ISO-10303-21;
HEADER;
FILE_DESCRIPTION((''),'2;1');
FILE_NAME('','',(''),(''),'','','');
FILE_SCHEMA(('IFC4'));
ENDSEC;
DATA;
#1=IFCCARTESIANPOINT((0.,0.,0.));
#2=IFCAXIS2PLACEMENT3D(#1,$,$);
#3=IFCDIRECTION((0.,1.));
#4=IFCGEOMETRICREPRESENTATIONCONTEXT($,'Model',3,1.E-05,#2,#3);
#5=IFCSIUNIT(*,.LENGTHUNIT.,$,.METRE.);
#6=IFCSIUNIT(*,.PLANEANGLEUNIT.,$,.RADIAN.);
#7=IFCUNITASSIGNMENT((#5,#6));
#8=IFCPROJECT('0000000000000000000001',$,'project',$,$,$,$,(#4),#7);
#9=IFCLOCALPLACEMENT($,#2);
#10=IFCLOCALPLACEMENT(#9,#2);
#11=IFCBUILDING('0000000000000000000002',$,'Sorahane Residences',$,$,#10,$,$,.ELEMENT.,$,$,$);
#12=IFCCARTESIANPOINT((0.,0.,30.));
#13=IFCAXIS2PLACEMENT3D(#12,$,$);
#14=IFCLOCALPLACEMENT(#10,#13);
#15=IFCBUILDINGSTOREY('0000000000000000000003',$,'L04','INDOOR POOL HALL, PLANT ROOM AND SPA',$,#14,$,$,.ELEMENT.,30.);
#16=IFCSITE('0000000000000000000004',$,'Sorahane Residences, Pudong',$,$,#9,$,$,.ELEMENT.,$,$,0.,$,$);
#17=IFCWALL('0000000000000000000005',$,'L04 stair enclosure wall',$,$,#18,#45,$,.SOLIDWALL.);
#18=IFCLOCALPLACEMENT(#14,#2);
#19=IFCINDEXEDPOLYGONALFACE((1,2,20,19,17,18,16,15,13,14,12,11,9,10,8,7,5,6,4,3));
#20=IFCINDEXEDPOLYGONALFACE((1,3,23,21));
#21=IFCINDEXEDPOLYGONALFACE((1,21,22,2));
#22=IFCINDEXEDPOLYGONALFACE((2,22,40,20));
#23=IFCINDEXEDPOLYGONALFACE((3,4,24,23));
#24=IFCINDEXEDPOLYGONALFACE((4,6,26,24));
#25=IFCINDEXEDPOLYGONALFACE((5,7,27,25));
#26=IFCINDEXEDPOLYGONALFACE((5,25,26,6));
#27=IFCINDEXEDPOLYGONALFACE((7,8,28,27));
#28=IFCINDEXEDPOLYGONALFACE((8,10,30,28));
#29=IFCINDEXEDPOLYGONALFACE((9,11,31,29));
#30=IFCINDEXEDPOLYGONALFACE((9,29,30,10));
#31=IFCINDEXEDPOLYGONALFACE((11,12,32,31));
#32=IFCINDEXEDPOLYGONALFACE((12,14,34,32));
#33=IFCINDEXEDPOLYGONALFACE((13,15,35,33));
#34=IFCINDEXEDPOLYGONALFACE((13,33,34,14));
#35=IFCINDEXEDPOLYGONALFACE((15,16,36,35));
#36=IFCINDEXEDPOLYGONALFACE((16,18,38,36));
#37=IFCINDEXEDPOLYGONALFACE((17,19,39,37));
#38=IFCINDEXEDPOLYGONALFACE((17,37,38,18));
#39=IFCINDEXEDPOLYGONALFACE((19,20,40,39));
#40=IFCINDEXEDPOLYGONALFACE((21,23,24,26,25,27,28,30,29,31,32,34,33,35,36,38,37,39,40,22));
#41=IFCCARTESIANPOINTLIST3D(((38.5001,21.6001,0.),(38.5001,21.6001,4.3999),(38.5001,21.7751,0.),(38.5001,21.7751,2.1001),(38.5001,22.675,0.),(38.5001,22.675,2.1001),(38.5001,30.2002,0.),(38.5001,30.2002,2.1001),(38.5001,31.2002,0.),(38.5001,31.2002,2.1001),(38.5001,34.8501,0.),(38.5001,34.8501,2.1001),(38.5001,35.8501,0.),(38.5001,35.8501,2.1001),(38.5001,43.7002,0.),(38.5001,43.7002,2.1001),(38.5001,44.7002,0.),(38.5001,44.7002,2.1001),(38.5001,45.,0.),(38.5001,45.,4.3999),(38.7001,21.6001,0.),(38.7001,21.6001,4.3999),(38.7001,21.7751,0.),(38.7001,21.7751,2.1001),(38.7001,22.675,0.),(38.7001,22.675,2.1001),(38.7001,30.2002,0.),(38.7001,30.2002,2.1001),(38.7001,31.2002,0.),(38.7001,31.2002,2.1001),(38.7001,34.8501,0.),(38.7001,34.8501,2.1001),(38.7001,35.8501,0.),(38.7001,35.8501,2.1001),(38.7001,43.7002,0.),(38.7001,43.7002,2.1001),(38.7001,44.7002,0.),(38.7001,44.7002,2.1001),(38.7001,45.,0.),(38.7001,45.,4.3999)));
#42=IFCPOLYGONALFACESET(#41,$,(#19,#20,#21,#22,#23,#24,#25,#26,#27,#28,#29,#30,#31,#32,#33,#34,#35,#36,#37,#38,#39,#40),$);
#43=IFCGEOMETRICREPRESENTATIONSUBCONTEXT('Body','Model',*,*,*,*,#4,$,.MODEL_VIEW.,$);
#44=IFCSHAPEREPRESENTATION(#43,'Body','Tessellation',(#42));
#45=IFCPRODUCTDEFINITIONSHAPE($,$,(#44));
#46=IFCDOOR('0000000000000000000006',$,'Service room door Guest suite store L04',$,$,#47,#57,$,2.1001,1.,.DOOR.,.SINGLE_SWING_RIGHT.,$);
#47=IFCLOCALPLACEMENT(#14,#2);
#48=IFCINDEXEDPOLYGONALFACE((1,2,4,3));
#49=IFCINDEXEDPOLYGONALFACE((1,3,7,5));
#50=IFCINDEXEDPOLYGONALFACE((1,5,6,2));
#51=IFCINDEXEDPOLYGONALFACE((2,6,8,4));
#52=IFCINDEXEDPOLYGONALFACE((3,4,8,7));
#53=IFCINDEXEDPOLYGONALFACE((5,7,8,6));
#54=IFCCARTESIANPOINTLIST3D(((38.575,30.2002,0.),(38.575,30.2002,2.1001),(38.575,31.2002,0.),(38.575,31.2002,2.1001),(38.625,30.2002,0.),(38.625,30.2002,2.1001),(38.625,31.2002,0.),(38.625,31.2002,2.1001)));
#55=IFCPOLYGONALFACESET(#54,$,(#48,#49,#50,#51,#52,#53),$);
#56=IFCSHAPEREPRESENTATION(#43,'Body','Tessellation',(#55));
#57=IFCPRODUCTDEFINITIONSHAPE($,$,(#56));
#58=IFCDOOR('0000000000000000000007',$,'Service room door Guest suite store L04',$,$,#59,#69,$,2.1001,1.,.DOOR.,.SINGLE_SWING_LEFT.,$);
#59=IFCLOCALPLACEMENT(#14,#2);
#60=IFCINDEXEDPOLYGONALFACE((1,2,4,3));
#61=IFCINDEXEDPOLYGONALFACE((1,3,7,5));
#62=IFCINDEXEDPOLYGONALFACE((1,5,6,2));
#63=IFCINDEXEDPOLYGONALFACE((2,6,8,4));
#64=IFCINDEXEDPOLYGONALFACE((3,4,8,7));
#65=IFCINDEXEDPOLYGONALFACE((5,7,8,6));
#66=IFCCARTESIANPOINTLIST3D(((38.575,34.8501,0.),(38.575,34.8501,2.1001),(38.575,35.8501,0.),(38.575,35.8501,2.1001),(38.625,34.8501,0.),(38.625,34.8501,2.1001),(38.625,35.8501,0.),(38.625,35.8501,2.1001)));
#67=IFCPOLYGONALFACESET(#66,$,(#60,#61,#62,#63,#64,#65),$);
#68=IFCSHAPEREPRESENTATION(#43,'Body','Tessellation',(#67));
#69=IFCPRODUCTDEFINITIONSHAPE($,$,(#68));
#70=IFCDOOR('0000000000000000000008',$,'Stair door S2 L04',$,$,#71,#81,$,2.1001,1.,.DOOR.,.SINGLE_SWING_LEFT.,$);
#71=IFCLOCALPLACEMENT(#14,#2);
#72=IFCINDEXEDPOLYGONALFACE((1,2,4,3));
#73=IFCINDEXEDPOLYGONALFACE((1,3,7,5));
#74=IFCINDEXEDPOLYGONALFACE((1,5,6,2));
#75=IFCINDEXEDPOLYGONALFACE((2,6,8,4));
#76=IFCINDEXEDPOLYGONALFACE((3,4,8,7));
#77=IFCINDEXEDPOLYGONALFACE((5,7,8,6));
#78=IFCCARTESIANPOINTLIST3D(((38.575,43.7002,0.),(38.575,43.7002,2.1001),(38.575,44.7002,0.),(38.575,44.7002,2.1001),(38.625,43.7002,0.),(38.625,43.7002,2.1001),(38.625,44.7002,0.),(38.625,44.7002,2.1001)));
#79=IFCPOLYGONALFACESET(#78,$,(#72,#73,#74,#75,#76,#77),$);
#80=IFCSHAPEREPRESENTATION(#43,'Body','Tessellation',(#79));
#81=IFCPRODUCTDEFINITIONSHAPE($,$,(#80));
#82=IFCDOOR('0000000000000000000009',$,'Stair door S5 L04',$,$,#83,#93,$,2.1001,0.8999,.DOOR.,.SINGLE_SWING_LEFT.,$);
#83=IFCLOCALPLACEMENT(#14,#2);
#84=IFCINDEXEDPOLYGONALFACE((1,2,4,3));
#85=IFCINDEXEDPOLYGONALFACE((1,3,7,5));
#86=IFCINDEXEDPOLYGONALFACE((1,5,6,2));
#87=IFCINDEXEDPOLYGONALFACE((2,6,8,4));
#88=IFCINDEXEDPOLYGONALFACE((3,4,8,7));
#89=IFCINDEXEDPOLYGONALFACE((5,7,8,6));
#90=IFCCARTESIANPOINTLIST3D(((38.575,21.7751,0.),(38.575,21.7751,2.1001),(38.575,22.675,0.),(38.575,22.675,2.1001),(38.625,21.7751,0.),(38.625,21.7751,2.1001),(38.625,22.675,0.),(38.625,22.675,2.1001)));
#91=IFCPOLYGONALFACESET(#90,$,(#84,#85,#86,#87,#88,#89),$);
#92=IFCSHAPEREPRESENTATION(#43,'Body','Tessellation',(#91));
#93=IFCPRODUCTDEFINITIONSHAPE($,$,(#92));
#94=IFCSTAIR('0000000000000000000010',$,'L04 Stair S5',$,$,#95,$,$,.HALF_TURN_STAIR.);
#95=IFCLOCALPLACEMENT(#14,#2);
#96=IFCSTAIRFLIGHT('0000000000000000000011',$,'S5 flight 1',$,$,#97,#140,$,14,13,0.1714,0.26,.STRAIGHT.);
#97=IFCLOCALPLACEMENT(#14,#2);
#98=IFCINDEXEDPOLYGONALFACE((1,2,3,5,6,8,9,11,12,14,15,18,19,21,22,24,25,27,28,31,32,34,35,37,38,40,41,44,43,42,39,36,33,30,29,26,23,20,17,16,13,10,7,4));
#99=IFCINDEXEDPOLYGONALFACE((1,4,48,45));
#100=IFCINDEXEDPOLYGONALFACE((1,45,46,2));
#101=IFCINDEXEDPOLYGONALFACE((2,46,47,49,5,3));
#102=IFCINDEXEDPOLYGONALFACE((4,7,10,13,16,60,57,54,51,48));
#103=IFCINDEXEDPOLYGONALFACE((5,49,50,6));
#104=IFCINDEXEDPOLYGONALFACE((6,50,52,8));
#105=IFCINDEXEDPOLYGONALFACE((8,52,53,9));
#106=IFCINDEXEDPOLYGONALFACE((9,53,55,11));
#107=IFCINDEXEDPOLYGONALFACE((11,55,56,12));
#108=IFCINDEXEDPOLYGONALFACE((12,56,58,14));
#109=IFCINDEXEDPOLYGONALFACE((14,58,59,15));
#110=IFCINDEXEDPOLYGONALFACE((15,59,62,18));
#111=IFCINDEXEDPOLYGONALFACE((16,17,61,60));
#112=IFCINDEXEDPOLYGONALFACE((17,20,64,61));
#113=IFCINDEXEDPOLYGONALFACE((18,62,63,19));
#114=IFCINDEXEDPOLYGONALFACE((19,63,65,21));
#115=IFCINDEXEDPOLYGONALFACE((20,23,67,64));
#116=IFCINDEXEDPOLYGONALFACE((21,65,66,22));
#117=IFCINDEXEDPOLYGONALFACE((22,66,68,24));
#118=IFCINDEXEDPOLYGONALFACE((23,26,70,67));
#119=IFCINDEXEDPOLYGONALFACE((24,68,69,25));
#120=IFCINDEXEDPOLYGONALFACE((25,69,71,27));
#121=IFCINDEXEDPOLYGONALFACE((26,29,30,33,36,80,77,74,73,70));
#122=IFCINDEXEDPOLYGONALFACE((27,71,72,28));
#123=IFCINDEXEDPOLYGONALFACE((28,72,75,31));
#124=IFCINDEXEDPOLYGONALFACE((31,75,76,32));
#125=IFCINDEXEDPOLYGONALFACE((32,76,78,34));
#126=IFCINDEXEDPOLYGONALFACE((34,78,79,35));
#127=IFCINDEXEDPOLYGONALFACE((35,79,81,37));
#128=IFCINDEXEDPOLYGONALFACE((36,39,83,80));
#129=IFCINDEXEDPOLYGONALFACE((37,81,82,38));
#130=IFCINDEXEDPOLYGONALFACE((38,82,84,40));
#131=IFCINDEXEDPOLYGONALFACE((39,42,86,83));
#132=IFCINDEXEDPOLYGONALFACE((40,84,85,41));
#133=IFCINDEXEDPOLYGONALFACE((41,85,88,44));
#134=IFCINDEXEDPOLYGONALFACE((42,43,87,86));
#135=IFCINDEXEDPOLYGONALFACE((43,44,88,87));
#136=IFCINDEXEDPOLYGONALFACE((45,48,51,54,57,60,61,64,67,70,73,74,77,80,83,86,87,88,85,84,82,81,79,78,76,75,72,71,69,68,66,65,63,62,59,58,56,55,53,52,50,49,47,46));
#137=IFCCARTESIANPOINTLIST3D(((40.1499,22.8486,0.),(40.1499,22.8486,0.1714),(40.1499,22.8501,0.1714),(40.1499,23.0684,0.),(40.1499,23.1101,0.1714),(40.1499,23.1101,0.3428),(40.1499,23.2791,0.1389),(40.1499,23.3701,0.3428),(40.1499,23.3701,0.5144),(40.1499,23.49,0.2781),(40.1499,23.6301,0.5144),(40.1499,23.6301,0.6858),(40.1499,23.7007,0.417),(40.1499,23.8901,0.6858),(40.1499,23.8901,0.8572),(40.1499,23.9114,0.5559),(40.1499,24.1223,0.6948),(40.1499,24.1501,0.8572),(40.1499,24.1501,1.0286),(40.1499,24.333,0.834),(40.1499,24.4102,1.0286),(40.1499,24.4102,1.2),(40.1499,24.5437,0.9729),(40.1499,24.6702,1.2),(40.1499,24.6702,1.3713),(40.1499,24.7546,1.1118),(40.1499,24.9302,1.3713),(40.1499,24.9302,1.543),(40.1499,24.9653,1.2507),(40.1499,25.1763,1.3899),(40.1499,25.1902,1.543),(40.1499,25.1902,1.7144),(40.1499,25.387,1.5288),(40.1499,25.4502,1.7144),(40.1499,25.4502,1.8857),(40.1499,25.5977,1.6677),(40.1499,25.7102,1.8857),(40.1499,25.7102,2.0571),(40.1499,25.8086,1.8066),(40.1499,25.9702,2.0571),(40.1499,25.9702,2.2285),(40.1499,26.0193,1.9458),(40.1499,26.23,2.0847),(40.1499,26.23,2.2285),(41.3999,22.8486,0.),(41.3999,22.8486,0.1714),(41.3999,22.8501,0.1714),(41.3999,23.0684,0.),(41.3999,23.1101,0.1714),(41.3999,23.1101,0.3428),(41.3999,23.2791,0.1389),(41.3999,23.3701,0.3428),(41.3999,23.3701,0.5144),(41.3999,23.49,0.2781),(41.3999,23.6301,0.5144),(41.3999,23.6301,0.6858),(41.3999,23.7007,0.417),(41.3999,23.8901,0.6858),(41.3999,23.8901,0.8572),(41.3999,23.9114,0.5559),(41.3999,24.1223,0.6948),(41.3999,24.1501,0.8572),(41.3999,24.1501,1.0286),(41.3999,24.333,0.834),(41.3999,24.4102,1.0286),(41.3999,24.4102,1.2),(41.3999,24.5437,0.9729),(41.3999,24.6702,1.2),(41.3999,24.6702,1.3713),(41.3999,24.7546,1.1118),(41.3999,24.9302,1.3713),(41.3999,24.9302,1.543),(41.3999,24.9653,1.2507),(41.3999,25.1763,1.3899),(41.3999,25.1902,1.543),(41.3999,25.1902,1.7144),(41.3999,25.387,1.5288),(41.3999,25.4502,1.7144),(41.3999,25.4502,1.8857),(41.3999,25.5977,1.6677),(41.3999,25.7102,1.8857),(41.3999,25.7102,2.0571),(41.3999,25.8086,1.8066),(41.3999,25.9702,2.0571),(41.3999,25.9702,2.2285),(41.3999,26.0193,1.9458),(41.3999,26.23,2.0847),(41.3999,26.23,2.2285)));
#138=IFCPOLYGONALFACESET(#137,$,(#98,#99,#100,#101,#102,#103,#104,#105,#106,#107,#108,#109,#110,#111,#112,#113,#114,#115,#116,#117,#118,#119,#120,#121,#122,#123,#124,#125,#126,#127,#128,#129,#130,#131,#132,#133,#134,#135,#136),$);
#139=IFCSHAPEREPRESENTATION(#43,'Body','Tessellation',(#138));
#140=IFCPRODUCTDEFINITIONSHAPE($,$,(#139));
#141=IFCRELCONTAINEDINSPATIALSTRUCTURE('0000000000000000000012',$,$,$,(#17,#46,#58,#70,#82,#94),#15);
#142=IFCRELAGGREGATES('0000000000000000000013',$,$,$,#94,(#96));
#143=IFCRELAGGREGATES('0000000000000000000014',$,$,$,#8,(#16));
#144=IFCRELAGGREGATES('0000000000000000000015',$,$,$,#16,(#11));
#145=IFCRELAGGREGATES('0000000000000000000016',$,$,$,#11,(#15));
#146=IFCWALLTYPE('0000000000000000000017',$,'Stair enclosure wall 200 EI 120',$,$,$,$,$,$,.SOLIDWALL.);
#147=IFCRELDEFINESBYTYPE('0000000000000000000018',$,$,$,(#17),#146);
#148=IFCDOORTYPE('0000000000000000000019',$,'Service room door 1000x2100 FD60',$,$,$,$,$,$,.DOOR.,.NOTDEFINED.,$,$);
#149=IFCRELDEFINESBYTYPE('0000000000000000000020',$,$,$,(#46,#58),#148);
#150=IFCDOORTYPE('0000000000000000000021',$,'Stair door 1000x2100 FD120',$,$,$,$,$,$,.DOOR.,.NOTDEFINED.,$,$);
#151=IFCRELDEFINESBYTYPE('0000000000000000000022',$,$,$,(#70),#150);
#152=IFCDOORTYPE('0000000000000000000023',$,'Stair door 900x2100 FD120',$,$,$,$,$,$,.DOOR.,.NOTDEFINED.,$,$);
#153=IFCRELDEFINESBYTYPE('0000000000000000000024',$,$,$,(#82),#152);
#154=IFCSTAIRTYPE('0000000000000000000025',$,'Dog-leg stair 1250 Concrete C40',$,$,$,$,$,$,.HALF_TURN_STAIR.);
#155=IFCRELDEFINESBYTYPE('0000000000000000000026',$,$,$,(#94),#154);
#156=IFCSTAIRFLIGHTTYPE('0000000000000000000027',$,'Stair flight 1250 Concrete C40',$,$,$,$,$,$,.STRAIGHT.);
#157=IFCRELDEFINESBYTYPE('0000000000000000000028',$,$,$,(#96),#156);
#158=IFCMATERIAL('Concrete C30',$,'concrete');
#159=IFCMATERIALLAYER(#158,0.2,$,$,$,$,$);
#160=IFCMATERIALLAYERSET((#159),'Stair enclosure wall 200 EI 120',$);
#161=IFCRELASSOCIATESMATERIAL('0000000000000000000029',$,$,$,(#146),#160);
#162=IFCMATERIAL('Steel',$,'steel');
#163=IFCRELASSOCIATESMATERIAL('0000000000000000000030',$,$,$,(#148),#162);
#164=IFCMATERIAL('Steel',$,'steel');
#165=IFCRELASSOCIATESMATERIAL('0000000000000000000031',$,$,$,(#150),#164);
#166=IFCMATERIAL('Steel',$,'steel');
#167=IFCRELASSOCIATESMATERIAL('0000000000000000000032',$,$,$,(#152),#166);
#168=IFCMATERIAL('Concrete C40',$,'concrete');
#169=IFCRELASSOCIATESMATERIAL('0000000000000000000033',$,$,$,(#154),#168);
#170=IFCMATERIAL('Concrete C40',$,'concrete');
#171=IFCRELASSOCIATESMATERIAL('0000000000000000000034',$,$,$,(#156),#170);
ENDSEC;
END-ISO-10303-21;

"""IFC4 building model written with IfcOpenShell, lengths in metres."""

from ifc_helpers import new_model, si_unit, direction, frame, frame_2d, origin, place, context, subcontext, project, spatial, polyline, rectangle, outline, extrude, material, layer, layer_set, type_object, element, fill, aggregate, save


model = new_model("IFC4")

# Units and contexts
model_context = context("Model", 3, precision=1e-05, world=origin(), true_north=direction((0.0, 1.0)))
body_context = subcontext(model_context, "Body", "Model", "MODEL_VIEW")
ifc_project = project(units=[si_unit("LENGTHUNIT", "METRE"), si_unit("PLANEANGLEUNIT", "RADIAN")], contexts=[model_context])

# Site, building, storey
site_placement = place(None, origin())
site = spatial("IfcSite", under=ifc_project, at=site_placement, Name="Sorahane Residences, Pudong", CompositionType="ELEMENT", RefElevation=0.0)
building_placement = place(site_placement, origin())
building = spatial("IfcBuilding", under=site, at=building_placement, Name="Sorahane Residences", CompositionType="ELEMENT")
storey_placement = place(building_placement, frame((0.0, 0.0, 30.0)))
storey = spatial("IfcBuildingStorey", under=building, at=storey_placement, Name="L04", Description="INDOOR POOL HALL, PLANT ROOM AND SPA", CompositionType="ELEMENT", Elevation=30.0)

# Wall, openings, doors
ifc_material_1 = material(Name="Concrete C30", Category="concrete")
ifc_layer_1 = layer(ifc_material_1, 0.2)
ifc_layer_set_1 = layer_set([ifc_layer_1], Name="Stair enclosure wall 200 EI 120")
wall_type_1 = type_object("IfcWallType", Name="Stair enclosure wall 200 EI 120", PredefinedType="SOLIDWALL", material=ifc_layer_set_1)
wall_1_placement = place(storey_placement, frame((38.6001, 21.6001, 0.0), z_axis=(0.0, 0.0, 1.0), x_axis=(0.0, 1.0, 0.0)))
wall_1 = element("IfcWall", 1, at=wall_1_placement, inside=storey, type_object=wall_type_1, Name="L04 stair enclosure wall", PredefinedType="SOLIDWALL", context=body_context, shape_type="SweptSolid", body=[
    extrude(rectangle(XDim=23.3999, YDim=0.2, at=frame_2d((11.7, 0.0))), origin(), (0.0, 0.0, 1.0), 4.3999),
])
opening_1_placement = place(wall_1_placement, frame((8.6001, 0.0, 0.0)))
opening_1 = element("IfcOpeningElement", 2, at=opening_1_placement, cuts=wall_1, PredefinedType="OPENING", context=body_context, shape_type="SweptSolid", body=[
    extrude(rectangle(XDim=1.0, YDim=2.1001, at=frame_2d((0.5, 1.05))), frame((0.0, 0.1099, 0.0), z_axis=(0.0, -1.0, 0.0), x_axis=(1.0, 0.0, 0.0)), (0.0, 0.0, 1.0), 0.22),
])
opening_2_placement = place(wall_1_placement, frame((13.25, 0.0, 0.0)))
opening_2 = element("IfcOpeningElement", 3, at=opening_2_placement, cuts=wall_1, PredefinedType="OPENING", context=body_context, shape_type="SweptSolid", body=[
    extrude(rectangle(XDim=1.0, YDim=2.1001, at=frame_2d((0.5, 1.05))), frame((0.0, 0.1099, 0.0), z_axis=(0.0, -1.0, 0.0), x_axis=(1.0, 0.0, 0.0)), (0.0, 0.0, 1.0), 0.22),
])
opening_3_placement = place(wall_1_placement, frame((22.1001, 0.0, 0.0)))
opening_3 = element("IfcOpeningElement", 4, at=opening_3_placement, cuts=wall_1, PredefinedType="OPENING", context=body_context, shape_type="SweptSolid", body=[
    extrude(rectangle(XDim=1.0, YDim=2.1001, at=frame_2d((0.5, 1.05))), frame((0.0, 0.1099, 0.0), z_axis=(0.0, -1.0, 0.0), x_axis=(1.0, 0.0, 0.0)), (0.0, 0.0, 1.0), 0.22),
])
opening_4_placement = place(wall_1_placement, frame((0.175, 0.0, 0.0)))
opening_4 = element("IfcOpeningElement", 5, at=opening_4_placement, cuts=wall_1, PredefinedType="OPENING", context=body_context, shape_type="SweptSolid", body=[
    extrude(rectangle(XDim=0.8999, YDim=2.1001, at=frame_2d((0.45, 1.05))), frame((0.0, 0.1099, 0.0), z_axis=(0.0, -1.0, 0.0), x_axis=(1.0, 0.0, 0.0)), (0.0, 0.0, 1.0), 0.22),
])
ifc_material_2 = material(Name="Steel", Category="steel")
door_type_1 = type_object("IfcDoorType", Name="Service room door 1000x2100 FD60", OperationType="NOTDEFINED", PredefinedType="DOOR", material=ifc_material_2)
door_1_placement = place(opening_1_placement, frame((1.0, 0.0, 0.0), z_axis=(0.0, 0.0, 1.0), x_axis=(-1.0, 0.0, 0.0)))
door_1 = element("IfcDoor", 6, at=door_1_placement, inside=storey, type_object=door_type_1, Name="Service room door Guest suite store L04", OperationType="SINGLE_SWING_RIGHT", OverallHeight=2.1001, OverallWidth=1.0, PredefinedType="DOOR", context=body_context, shape_type="SweptSolid", body=[
    extrude(rectangle(XDim=1.0, YDim=2.1001, at=frame_2d((0.5, 1.05))), frame((0.0, 0.0249, 0.0), z_axis=(0.0, -1.0, 0.0), x_axis=(1.0, 0.0, 0.0)), (0.0, 0.0, 1.0), 0.05),
])
fill(opening_1, door_1)
door_2_placement = place(opening_2_placement, frame((1.0, 0.0, 0.0), z_axis=(0.0, 0.0, 1.0), x_axis=(-1.0, 0.0, 0.0)))
door_2 = element("IfcDoor", 7, at=door_2_placement, inside=storey, type_object=door_type_1, Name="Service room door Guest suite store L04", OperationType="SINGLE_SWING_LEFT", OverallHeight=2.1001, OverallWidth=1.0, PredefinedType="DOOR", context=body_context, shape_type="SweptSolid", body=[
    extrude(rectangle(XDim=1.0, YDim=2.1001, at=frame_2d((0.5, 1.05))), frame((0.0, 0.0249, 0.0), z_axis=(0.0, -1.0, 0.0), x_axis=(1.0, 0.0, 0.0)), (0.0, 0.0, 1.0), 0.05),
])
fill(opening_2, door_2)
ifc_material_3 = material(Name="Steel", Category="steel")
door_type_2 = type_object("IfcDoorType", Name="Stair door 1000x2100 FD120", OperationType="NOTDEFINED", PredefinedType="DOOR", material=ifc_material_3)
door_3_placement = place(opening_3_placement, frame((1.0, 0.0, 0.0), z_axis=(0.0, 0.0, 1.0), x_axis=(-1.0, 0.0, 0.0)))
door_3 = element("IfcDoor", 8, at=door_3_placement, inside=storey, type_object=door_type_2, Name="Stair door S2 L04", OperationType="SINGLE_SWING_LEFT", OverallHeight=2.1001, OverallWidth=1.0, PredefinedType="DOOR", context=body_context, shape_type="SweptSolid", body=[
    extrude(rectangle(XDim=1.0, YDim=2.1001, at=frame_2d((0.5, 1.05))), frame((0.0, 0.0249, 0.0), z_axis=(0.0, -1.0, 0.0), x_axis=(1.0, 0.0, 0.0)), (0.0, 0.0, 1.0), 0.05),
])
fill(opening_3, door_3)
ifc_material_4 = material(Name="Steel", Category="steel")
door_type_3 = type_object("IfcDoorType", Name="Stair door 900x2100 FD120", OperationType="NOTDEFINED", PredefinedType="DOOR", material=ifc_material_4)
door_4_placement = place(opening_4_placement, frame((0.8999, 0.0, 0.0), z_axis=(0.0, 0.0, 1.0), x_axis=(-1.0, 0.0, 0.0)))
door_4 = element("IfcDoor", 9, at=door_4_placement, inside=storey, type_object=door_type_3, Name="Stair door S5 L04", OperationType="SINGLE_SWING_LEFT", OverallHeight=2.1001, OverallWidth=0.8999, PredefinedType="DOOR", context=body_context, shape_type="SweptSolid", body=[
    extrude(rectangle(XDim=0.8999, YDim=2.1001, at=frame_2d((0.45, 1.05))), frame((0.0, 0.0249, 0.0), z_axis=(0.0, -1.0, 0.0), x_axis=(1.0, 0.0, 0.0)), (0.0, 0.0, 1.0), 0.05),
])
fill(opening_4, door_4)

# Stair, stair flight
ifc_material_5 = material(Name="Concrete C40", Category="concrete")
stair_type = type_object("IfcStairType", Name="Dog-leg stair 1250 Concrete C40", PredefinedType="HALF_TURN_STAIR", material=ifc_material_5)
stair_placement = place(storey_placement, origin())
stair = element("IfcStair", 10, at=stair_placement, inside=storey, type_object=stair_type, Name="L04 Stair S5", PredefinedType="HALF_TURN_STAIR")
ifc_material_6 = material(Name="Concrete C40", Category="concrete")
stair_flight_type = type_object("IfcStairFlightType", Name="Stair flight 1250 Concrete C40", PredefinedType="STRAIGHT", material=ifc_material_6)
stair_flight_placement = place(storey_placement, frame((40.7749, 22.8501, 0.0), z_axis=(0.0, 0.0, 1.0), x_axis=(0.0, 1.0, 0.0)))
stair_flight = element("IfcStairFlight", 11, at=stair_flight_placement, type_object=stair_flight_type, Name="S5 flight 1", NumberOfRisers=14, NumberOfTreads=13, PredefinedType="STRAIGHT", RiserHeight=0.1714, TreadLength=0.26, context=body_context, shape_type="SweptSolid", body=[
    extrude(outline(polyline([(-0.0015, 0.0), (-0.0015, 0.1714), (0.0, 0.1714), (0.26, 0.1714), (0.26, 0.3428), (0.52, 0.3428), (0.52, 0.5144), (0.78, 0.5144), (0.78, 0.6858), (1.04, 0.6858), (1.04, 0.8572), (1.3, 0.8572), (1.3, 1.0286), (1.5601, 1.0286), (1.5601, 1.2), (1.8201, 1.2), (1.8201, 1.3713), (2.0801, 1.3713), (2.0801, 1.543), (2.3401, 1.543), (2.3401, 1.7144), (2.6001, 1.7144), (2.6001, 1.8857), (2.8601, 1.8857), (2.8601, 2.0571), (3.1201, 2.0571), (3.1201, 2.2285), (3.3799, 2.2285), (3.3799, 2.3999), (3.3799, 2.0847), (3.1692, 1.9458), (2.9585, 1.8066), (2.7476, 1.6677), (2.5369, 1.5288), (2.3262, 1.3899), (2.1152, 1.2507), (1.9045, 1.1118), (1.6936, 0.9729), (1.4829, 0.834), (1.2722, 0.6948), (1.0613, 0.5559), (0.8506, 0.417), (0.6399, 0.2781), (0.429, 0.1389), (0.2183, 0.0), (-0.0015, 0.0)])), frame((0.0, 0.625, 0.0), z_axis=(0.0, -1.0, 0.0), x_axis=(1.0, 0.0, 0.0)), (0.0, 0.0, 1.0), 1.25),
])
aggregate(stair, [stair_flight])

save(model, "model.ifc")
